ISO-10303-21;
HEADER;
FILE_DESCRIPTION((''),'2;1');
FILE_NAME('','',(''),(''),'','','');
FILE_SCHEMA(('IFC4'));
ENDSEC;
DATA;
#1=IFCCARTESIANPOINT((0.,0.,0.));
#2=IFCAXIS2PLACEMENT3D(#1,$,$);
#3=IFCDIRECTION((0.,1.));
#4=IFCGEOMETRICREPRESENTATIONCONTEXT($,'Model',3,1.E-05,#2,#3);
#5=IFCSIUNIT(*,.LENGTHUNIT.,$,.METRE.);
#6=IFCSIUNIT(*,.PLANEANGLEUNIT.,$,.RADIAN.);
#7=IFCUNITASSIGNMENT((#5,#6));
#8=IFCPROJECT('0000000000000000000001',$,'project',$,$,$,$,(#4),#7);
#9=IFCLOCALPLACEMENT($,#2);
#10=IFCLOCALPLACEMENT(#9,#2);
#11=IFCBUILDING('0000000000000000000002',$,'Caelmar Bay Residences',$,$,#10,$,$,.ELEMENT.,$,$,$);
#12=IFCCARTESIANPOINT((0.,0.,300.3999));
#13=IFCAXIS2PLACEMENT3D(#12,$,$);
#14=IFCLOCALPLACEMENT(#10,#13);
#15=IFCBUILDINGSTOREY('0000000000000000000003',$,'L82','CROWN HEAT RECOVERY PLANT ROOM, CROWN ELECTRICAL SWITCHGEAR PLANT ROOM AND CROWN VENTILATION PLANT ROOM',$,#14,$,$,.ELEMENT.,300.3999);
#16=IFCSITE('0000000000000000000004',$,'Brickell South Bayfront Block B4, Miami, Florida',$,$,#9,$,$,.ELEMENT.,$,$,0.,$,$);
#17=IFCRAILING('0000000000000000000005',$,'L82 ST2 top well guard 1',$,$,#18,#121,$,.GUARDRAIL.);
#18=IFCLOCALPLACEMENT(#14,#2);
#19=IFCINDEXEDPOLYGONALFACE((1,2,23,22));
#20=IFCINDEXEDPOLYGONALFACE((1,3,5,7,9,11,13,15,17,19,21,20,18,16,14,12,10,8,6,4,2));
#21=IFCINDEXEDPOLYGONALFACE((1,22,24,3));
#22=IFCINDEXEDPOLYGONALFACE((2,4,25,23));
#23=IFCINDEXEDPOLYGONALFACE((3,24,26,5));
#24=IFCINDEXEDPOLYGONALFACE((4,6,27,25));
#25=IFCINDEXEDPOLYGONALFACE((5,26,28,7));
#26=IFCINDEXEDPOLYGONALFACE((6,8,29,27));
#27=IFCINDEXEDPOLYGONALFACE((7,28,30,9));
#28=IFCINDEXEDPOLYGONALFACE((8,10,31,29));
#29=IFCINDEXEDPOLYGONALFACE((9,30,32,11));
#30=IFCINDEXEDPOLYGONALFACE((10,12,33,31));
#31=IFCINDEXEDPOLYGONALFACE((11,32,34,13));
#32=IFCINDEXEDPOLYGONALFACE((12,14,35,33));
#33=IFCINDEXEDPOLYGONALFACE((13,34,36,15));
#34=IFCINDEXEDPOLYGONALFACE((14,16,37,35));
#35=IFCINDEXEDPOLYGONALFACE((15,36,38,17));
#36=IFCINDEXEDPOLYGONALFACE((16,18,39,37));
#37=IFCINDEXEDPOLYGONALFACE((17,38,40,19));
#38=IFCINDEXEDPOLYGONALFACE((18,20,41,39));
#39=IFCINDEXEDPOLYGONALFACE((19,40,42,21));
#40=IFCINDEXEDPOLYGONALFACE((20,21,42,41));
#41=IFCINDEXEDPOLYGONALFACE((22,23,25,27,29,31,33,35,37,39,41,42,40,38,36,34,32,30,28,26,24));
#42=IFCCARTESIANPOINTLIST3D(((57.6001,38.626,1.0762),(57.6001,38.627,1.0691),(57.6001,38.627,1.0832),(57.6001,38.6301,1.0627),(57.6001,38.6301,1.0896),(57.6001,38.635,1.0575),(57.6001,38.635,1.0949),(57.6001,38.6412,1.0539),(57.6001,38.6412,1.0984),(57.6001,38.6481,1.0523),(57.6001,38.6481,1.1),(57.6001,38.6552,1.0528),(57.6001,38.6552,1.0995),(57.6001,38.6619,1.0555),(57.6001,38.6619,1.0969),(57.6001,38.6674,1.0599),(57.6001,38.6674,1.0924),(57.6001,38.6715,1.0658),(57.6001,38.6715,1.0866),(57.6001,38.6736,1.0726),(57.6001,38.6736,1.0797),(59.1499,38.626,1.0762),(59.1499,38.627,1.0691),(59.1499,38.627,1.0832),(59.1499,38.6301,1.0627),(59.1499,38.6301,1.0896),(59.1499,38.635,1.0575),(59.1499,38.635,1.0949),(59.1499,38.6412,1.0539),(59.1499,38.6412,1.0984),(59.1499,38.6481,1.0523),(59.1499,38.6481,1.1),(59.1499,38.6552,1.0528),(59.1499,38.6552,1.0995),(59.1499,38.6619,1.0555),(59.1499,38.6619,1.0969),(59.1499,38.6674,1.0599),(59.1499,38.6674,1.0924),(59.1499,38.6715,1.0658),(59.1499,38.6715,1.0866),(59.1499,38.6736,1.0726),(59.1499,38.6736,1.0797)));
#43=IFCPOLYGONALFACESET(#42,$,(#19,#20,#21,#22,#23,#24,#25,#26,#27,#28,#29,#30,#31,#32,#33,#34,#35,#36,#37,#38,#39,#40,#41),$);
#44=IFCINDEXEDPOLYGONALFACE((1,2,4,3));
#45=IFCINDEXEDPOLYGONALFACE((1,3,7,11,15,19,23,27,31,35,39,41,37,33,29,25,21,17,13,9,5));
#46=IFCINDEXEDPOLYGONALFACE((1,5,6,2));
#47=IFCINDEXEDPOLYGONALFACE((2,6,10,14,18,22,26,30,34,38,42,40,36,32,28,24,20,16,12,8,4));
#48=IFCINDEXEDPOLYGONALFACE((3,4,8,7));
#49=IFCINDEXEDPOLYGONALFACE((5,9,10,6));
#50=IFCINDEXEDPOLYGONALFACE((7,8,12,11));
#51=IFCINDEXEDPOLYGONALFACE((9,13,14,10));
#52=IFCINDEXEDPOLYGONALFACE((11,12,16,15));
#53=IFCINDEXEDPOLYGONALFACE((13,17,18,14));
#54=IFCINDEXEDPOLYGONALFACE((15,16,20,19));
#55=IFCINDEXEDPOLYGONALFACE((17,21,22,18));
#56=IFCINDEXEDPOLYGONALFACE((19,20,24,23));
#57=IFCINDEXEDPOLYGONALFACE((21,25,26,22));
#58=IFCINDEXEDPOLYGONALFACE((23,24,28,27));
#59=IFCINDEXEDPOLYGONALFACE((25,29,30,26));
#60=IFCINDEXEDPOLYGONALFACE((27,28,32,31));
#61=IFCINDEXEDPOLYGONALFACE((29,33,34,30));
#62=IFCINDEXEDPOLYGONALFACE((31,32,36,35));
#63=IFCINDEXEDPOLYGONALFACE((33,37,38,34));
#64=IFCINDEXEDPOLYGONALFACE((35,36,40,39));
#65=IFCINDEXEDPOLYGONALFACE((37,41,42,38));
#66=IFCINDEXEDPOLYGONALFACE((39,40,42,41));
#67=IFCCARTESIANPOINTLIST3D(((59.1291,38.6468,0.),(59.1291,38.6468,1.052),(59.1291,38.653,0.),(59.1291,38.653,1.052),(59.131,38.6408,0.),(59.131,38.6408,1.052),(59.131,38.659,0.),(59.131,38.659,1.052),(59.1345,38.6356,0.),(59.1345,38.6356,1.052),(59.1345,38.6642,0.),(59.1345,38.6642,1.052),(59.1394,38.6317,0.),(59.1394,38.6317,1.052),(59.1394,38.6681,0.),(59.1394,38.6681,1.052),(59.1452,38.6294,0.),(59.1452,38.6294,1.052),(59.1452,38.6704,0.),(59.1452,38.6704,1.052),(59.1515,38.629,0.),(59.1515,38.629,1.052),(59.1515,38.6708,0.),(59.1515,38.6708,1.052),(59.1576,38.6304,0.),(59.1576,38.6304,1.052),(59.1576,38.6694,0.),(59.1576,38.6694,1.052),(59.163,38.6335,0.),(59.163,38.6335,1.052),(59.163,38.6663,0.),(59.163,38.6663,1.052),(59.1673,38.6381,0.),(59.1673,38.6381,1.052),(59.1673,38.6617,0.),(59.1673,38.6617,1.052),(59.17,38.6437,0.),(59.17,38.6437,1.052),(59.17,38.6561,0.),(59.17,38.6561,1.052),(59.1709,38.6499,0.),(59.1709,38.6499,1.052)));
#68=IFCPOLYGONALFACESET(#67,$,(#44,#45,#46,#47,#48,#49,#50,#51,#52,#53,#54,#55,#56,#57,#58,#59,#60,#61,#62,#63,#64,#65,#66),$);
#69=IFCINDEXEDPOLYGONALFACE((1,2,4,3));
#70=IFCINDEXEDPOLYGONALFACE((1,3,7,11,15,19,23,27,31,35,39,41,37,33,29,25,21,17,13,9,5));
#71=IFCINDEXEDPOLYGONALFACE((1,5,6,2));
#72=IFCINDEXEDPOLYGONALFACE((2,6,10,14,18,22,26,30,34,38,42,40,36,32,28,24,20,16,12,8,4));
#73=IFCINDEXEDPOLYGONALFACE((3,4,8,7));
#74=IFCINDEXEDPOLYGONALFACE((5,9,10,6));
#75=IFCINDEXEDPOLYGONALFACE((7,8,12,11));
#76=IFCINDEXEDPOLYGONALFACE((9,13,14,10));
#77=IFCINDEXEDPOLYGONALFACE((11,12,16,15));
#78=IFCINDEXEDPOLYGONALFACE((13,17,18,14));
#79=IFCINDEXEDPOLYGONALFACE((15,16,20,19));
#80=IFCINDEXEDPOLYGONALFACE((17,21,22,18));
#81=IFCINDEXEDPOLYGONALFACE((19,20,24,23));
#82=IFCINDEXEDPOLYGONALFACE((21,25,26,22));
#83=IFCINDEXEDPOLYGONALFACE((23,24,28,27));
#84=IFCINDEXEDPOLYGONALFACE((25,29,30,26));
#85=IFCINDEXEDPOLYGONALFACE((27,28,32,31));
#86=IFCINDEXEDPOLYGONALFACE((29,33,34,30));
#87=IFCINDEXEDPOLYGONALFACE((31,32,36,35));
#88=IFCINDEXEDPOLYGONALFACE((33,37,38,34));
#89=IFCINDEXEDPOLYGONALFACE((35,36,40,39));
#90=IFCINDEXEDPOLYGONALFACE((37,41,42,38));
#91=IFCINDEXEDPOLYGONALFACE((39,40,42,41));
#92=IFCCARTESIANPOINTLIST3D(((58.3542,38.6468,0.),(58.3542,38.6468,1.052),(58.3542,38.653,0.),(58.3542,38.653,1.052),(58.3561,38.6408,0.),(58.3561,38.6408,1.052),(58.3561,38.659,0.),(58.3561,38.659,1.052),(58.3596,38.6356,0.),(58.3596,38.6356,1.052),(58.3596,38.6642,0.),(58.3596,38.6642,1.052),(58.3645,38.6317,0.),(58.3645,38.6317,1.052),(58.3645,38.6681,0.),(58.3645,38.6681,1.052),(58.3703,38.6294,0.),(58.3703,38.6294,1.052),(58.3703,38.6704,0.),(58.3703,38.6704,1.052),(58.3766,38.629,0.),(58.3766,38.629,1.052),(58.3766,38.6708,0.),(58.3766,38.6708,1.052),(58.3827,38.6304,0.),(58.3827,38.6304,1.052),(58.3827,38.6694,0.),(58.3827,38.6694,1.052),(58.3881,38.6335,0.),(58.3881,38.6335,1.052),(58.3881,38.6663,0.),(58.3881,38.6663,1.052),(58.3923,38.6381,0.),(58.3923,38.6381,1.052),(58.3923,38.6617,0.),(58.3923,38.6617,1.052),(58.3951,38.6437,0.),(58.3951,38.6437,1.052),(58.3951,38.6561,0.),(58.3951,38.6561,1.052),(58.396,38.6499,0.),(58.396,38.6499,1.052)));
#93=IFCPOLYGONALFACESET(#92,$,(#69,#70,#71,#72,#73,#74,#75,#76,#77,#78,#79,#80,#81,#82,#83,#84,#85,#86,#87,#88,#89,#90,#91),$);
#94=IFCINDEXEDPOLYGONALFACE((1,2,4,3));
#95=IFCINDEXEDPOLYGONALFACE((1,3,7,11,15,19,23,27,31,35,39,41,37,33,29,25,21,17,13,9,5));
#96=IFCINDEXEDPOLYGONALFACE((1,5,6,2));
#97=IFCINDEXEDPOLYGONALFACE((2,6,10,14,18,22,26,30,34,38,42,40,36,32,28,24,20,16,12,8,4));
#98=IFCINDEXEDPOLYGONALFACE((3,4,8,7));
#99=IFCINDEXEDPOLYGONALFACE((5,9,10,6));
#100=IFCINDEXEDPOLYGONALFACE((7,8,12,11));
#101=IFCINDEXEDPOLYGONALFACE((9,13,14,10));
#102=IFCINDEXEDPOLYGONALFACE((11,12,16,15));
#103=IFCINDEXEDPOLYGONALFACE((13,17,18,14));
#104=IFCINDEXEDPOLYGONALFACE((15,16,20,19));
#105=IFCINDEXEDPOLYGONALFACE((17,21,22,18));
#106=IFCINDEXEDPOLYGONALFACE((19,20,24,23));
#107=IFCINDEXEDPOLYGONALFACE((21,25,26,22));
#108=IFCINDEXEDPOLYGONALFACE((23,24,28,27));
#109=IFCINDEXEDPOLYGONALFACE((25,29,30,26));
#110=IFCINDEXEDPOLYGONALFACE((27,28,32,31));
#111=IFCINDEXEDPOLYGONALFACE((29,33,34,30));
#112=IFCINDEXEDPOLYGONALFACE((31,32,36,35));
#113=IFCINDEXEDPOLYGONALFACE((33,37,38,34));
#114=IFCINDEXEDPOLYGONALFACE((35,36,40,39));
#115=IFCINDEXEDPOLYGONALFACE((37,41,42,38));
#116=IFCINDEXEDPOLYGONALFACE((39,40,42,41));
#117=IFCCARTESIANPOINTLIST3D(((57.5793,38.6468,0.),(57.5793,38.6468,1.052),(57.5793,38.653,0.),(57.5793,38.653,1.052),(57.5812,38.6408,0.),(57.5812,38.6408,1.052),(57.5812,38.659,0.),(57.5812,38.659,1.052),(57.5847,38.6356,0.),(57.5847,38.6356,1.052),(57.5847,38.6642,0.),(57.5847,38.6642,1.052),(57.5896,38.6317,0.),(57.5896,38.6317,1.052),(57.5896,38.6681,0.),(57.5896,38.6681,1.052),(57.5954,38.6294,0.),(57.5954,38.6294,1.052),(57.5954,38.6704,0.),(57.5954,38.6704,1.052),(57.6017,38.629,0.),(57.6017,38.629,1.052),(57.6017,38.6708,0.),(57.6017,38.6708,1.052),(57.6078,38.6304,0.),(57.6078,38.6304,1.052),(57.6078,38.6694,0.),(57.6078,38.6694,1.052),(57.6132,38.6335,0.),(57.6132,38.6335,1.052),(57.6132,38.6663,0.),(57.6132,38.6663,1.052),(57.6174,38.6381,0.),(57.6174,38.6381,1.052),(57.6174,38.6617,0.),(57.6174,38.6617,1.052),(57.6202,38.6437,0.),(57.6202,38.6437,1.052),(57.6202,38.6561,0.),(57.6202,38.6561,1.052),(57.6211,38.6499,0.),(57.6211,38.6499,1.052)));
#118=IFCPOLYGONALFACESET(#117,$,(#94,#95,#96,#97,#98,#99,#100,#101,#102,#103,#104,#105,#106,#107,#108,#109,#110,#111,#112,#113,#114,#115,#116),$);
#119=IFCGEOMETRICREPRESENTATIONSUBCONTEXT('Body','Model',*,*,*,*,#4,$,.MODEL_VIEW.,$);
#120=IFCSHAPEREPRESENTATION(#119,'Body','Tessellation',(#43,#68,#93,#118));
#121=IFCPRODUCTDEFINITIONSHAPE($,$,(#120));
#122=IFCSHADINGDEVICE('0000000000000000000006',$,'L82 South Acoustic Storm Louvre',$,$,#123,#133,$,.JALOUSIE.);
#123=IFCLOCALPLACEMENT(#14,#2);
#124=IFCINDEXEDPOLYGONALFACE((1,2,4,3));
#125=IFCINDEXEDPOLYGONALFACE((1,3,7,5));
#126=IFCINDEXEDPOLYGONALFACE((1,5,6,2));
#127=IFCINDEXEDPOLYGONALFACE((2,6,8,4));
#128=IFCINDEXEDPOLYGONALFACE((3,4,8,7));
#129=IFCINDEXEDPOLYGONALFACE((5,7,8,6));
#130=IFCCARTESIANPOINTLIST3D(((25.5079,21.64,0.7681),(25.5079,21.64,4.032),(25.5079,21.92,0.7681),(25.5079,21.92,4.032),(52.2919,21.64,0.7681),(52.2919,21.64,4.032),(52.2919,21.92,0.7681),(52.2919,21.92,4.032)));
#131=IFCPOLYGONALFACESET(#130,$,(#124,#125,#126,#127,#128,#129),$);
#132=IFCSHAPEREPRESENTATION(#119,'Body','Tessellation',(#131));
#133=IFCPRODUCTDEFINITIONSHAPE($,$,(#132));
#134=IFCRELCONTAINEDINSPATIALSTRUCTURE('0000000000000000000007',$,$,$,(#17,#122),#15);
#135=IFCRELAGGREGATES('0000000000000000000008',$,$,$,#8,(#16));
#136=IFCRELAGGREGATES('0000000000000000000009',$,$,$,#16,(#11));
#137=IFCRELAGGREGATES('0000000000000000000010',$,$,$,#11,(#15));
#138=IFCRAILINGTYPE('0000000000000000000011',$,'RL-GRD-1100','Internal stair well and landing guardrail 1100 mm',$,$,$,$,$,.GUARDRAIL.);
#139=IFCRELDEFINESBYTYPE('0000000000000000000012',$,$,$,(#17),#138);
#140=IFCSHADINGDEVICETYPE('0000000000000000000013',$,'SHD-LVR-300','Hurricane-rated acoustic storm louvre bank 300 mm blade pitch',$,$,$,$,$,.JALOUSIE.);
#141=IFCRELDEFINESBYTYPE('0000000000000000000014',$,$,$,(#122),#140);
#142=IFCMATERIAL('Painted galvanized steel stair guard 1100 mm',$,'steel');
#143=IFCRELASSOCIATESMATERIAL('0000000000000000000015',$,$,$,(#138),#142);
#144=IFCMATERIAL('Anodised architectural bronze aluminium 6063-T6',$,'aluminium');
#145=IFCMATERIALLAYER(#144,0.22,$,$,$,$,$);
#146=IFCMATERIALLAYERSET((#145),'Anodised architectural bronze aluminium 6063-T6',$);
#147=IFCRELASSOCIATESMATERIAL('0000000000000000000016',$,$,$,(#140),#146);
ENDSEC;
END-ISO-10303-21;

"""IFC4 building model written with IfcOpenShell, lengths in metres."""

from ifc_helpers import new_model, si_unit, direction, frame, origin, origin_2d, place, context, subcontext, project, spatial, rectangle, circle, extrude, material, layer, layer_set, type_object, element, save


model = new_model("IFC4")

# Units and contexts
model_context = context("Model", 3, precision=1e-05, world=origin(), true_north=direction((0.0, 1.0)))
body_context = subcontext(model_context, "Body", "Model", "MODEL_VIEW")
ifc_project = project(units=[si_unit("LENGTHUNIT", "METRE"), si_unit("PLANEANGLEUNIT", "RADIAN")], contexts=[model_context])

# Site, building, storey
site_placement = place(None, origin())
site = spatial("IfcSite", under=ifc_project, at=site_placement, Name="Brickell South Bayfront Block B4, Miami, Florida", CompositionType="ELEMENT", RefElevation=0.0)
building_placement = place(site_placement, origin())
building = spatial("IfcBuilding", under=site, at=building_placement, Name="Caelmar Bay Residences", CompositionType="ELEMENT")
storey_placement = place(building_placement, frame((0.0, 0.0, 300.3999)))
storey = spatial("IfcBuildingStorey", under=building, at=storey_placement, Name="L82", Description="CROWN HEAT RECOVERY PLANT ROOM, CROWN ELECTRICAL SWITCHGEAR PLANT ROOM AND CROWN VENTILATION PLANT ROOM", CompositionType="ELEMENT", Elevation=300.3999)

# Railing
ifc_material_1 = material(Name="Painted galvanized steel stair guard 1100 mm", Category="steel")
railing_type = type_object("IfcRailingType", Name="RL-GRD-1100", Description="Internal stair well and landing guardrail 1100 mm", PredefinedType="GUARDRAIL", material=ifc_material_1)
railing_placement = place(storey_placement, frame((59.1499, 38.6499, 0.0)))
element("IfcRailing", 1, at=railing_placement, inside=storey, type_object=railing_type, Name="L82 ST2 top well guard 1", PredefinedType="GUARDRAIL", context=body_context, shape_type="SweptSolid", body=[
    extrude(circle(Radius=0.0239, at=origin_2d()), frame((0.0, 0.0, 1.0762), z_axis=(-1.0, 0.0, 0.0), x_axis=(0.0, -1.0, 0.0)), (0.0, 0.0, 1.0), 1.5498),
    extrude(circle(Radius=0.021, at=origin_2d()), origin(), (0.0, 0.0, 1.0), 1.052),
    extrude(circle(Radius=0.021, at=origin_2d()), frame((-0.7749, 0.0, 0.0)), (0.0, 0.0, 1.0), 1.052),
    extrude(circle(Radius=0.021, at=origin_2d()), frame((-1.5498, 0.0, 0.0)), (0.0, 0.0, 1.0), 1.052),
])

# Shading device
ifc_material_2 = material(Name="Anodised architectural bronze aluminium 6063-T6", Category="aluminium")
ifc_layer_1 = layer(ifc_material_2, 0.22)
ifc_layer_set_1 = layer_set([ifc_layer_1], Name="Anodised architectural bronze aluminium 6063-T6")
shading_device_type = type_object("IfcShadingDeviceType", Name="SHD-LVR-300", Description="Hurricane-rated acoustic storm louvre bank 300 mm blade pitch", PredefinedType="JALOUSIE", material=ifc_layer_set_1)
shading_device_placement = place(storey_placement, frame((38.8999, 21.78, 0.7681), z_axis=(0.0, 0.0, 1.0), x_axis=(1.0, 0.0, 0.0)))
element("IfcShadingDevice", 2, at=shading_device_placement, inside=storey, type_object=shading_device_type, Name="L82 South Acoustic Storm Louvre", PredefinedType="JALOUSIE", context=body_context, shape_type="SweptSolid", body=[
    extrude(rectangle(XDim=26.7839, YDim=0.28, at=origin_2d()), origin(), (0.0, 0.0, 1.0), 3.2639),
])

save(model, "model.ifc")
